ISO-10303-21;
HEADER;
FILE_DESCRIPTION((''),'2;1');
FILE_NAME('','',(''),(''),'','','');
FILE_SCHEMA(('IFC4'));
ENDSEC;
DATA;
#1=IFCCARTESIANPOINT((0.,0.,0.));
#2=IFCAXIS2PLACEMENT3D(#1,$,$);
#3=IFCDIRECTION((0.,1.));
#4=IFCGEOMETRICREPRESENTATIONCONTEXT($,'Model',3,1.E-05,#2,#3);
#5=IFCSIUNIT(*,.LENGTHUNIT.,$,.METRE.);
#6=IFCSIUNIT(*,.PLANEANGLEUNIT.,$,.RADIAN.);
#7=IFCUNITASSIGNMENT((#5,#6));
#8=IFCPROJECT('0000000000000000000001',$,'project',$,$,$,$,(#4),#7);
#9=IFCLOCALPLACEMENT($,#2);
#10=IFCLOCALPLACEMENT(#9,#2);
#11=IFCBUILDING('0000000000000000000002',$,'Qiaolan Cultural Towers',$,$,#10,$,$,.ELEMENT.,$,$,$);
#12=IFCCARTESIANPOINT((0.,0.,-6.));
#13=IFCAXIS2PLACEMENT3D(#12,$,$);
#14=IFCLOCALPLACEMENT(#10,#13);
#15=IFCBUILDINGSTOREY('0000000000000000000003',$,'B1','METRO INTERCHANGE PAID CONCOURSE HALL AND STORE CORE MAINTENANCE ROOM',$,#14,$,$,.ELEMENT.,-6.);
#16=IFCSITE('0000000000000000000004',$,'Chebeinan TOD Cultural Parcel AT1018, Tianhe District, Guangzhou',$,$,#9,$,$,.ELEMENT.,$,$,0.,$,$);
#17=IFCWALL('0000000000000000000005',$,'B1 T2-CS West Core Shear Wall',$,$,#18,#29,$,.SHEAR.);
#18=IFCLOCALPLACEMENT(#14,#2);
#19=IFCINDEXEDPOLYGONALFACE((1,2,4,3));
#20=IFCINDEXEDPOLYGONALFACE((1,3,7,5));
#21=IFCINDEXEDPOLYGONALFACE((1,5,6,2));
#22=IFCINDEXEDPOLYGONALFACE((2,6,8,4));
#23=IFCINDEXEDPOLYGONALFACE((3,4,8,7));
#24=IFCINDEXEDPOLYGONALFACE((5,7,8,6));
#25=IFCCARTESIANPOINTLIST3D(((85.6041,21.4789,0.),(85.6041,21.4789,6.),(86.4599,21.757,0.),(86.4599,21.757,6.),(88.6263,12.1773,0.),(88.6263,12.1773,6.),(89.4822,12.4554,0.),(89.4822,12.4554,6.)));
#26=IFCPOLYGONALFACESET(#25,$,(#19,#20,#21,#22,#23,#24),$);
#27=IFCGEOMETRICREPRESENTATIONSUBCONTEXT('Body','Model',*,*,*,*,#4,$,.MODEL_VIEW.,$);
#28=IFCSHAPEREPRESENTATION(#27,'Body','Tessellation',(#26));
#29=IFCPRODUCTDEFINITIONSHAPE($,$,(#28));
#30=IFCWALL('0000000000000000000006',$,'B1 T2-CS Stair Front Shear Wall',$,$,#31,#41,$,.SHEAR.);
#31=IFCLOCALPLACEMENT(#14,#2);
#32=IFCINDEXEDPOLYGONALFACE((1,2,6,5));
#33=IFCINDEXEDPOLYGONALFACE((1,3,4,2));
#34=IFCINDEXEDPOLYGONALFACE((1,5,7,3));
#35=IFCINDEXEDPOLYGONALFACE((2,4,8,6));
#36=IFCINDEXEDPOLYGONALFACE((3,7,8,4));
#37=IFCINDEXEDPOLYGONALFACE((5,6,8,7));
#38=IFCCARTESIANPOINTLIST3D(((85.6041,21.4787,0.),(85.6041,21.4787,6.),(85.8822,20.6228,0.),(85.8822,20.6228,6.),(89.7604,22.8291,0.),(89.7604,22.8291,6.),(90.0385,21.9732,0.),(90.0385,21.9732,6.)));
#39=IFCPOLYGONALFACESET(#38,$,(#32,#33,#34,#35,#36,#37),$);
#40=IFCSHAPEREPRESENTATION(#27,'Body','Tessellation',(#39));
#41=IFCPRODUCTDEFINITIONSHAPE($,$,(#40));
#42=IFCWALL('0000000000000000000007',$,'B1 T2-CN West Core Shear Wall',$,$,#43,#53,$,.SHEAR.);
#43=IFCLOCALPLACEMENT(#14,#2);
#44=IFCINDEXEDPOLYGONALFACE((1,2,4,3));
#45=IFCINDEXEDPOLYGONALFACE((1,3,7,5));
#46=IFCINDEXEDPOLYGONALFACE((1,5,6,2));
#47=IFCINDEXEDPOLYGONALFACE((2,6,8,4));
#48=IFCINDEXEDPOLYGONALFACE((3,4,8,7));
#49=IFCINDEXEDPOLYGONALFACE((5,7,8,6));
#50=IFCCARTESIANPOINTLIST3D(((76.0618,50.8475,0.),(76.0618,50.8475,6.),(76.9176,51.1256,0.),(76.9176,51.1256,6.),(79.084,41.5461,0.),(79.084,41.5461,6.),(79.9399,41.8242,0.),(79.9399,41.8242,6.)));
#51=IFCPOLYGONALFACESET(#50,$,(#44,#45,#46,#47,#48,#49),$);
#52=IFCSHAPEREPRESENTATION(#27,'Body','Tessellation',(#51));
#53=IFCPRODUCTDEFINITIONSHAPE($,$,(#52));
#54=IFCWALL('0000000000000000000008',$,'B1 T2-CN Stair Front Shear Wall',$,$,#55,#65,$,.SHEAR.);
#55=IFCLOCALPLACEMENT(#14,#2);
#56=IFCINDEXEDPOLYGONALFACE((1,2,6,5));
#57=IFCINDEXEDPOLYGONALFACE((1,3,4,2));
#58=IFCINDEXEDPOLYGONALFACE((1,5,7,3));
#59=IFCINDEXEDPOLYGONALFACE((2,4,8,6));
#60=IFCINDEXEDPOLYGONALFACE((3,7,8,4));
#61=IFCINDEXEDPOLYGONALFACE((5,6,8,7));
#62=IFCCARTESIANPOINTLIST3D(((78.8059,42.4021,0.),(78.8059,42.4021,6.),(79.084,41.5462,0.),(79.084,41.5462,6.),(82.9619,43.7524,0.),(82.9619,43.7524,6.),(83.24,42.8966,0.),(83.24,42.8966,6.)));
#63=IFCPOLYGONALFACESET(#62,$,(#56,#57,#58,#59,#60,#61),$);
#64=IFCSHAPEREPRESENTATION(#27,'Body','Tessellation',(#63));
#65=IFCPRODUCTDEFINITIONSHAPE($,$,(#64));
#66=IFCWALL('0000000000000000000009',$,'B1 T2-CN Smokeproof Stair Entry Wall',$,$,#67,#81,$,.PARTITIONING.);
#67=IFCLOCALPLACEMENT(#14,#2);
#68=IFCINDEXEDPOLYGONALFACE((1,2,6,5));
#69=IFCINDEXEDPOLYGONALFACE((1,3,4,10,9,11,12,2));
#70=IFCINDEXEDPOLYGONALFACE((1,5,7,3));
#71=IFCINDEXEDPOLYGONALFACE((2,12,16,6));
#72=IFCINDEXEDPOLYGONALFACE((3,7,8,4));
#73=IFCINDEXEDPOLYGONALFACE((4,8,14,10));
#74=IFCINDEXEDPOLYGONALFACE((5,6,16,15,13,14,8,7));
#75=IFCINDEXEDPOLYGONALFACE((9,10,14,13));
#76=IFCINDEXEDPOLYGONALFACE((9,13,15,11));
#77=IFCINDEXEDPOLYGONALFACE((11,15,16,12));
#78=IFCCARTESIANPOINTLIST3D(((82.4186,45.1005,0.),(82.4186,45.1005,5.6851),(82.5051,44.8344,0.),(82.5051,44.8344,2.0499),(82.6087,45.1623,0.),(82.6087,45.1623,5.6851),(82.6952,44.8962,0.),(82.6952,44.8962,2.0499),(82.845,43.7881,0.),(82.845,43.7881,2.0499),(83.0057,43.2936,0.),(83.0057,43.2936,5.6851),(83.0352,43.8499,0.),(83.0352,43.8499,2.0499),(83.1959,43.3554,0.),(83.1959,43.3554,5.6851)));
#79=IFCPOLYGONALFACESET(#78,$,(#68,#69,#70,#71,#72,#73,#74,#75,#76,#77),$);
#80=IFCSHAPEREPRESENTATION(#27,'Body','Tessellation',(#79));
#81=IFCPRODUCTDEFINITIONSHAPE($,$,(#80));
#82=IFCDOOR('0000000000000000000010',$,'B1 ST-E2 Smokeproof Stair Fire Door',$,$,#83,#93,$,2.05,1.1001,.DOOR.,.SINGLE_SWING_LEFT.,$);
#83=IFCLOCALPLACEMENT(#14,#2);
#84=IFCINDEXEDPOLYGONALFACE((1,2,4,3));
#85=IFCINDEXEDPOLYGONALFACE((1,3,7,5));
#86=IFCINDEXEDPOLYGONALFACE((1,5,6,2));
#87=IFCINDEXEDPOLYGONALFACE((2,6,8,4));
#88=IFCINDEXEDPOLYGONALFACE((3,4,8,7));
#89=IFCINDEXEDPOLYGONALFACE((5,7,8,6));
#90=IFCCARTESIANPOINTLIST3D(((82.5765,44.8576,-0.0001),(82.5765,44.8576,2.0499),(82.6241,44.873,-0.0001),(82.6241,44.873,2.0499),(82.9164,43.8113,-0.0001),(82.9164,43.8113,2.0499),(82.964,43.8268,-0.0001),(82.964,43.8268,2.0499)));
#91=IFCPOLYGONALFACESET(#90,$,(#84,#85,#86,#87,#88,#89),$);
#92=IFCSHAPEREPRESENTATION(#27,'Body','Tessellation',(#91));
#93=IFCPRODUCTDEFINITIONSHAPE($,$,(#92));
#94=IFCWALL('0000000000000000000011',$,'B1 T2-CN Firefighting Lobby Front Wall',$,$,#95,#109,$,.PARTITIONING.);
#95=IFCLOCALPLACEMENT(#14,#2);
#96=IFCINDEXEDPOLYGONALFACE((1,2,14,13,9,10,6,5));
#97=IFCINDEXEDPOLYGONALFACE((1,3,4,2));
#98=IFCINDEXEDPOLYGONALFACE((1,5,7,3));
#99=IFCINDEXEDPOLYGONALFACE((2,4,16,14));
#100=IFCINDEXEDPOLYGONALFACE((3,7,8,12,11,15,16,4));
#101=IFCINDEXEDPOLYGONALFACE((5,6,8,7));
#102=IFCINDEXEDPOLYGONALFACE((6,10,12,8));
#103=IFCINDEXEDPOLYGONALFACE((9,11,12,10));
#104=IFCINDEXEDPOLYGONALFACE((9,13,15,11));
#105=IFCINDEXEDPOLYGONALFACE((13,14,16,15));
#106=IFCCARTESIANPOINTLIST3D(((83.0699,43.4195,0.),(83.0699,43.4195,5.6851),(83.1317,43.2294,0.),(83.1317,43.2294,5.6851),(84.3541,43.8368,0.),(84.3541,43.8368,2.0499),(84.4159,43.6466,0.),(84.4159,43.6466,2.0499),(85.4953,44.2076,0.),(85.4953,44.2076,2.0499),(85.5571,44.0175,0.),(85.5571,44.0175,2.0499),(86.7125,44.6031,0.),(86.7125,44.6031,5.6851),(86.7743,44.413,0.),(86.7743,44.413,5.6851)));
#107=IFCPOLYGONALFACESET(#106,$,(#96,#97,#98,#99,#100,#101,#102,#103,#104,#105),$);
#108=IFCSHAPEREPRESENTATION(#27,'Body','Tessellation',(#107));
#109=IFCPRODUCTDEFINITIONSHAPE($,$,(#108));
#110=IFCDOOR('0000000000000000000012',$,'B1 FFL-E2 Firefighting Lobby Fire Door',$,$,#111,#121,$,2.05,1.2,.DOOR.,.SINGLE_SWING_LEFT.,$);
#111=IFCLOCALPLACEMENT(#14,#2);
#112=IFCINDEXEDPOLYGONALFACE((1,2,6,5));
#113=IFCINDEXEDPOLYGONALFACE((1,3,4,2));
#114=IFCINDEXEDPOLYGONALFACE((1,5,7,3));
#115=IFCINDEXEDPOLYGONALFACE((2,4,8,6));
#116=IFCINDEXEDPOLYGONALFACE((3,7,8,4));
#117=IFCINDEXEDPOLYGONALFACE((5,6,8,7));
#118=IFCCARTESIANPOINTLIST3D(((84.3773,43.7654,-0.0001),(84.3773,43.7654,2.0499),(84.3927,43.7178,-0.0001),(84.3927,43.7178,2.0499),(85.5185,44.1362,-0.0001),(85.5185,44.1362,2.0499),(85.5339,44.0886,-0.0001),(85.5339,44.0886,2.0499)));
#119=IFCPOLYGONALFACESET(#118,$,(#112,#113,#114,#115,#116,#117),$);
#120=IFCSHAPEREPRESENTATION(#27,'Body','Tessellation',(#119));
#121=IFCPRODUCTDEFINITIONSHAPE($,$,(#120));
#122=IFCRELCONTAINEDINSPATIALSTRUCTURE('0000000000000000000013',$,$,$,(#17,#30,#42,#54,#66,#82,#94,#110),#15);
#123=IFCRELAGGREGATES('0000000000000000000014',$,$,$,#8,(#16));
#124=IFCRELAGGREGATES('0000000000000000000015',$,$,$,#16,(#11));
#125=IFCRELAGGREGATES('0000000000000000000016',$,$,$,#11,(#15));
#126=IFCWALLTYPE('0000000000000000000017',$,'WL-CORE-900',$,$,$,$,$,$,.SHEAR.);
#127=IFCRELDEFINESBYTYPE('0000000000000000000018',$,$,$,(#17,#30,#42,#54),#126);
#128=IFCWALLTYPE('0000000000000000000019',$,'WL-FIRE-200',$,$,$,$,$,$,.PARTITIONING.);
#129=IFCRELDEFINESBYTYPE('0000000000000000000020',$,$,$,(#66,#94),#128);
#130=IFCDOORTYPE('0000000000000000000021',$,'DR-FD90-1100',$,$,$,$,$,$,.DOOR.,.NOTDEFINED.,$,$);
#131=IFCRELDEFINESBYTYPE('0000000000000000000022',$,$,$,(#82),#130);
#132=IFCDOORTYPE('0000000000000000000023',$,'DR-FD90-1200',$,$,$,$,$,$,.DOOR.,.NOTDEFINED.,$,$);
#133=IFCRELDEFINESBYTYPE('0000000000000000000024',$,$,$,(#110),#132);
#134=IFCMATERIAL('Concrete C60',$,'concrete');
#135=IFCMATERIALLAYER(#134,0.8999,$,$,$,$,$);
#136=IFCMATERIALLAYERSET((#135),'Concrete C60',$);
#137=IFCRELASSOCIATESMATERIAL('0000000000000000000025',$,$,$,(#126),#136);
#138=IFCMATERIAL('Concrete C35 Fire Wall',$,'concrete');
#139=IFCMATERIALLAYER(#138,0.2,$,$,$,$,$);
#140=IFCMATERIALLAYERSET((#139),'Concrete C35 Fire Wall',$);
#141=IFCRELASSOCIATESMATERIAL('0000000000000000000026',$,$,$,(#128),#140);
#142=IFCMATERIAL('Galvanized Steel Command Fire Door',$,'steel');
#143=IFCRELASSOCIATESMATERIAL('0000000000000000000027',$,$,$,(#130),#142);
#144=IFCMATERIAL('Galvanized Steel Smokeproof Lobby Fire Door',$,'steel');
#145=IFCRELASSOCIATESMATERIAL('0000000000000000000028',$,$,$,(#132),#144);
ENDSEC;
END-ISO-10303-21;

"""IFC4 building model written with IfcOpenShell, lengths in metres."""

from ifc_helpers import new_model, si_unit, direction, frame, frame_2d, origin, place, context, subcontext, project, spatial, rectangle, extrude, material, layer, layer_set, type_object, element, fill, save


model = new_model("IFC4")

# Units and contexts
model_context = context("Model", 3, precision=1e-05, world=origin(), true_north=direction((0.0, 1.0)))
body_context = subcontext(model_context, "Body", "Model", "MODEL_VIEW")
ifc_project = project(units=[si_unit("LENGTHUNIT", "METRE"), si_unit("PLANEANGLEUNIT", "RADIAN")], contexts=[model_context])

# Site, building, storey
site_placement = place(None, origin())
site = spatial("IfcSite", under=ifc_project, at=site_placement, Name="Chebeinan TOD Cultural Parcel AT1018, Tianhe District, Guangzhou", CompositionType="ELEMENT", RefElevation=0.0)
building_placement = place(site_placement, origin())
building = spatial("IfcBuilding", under=site, at=building_placement, Name="Qiaolan Cultural Towers", CompositionType="ELEMENT")
storey_placement = place(building_placement, frame((0.0, 0.0, -6.0)))
storey = spatial("IfcBuildingStorey", under=building, at=storey_placement, Name="B1", Description="METRO INTERCHANGE PAID CONCOURSE HALL AND STORE CORE MAINTENANCE ROOM", CompositionType="ELEMENT", Elevation=-6.0)

# Walls
ifc_material_1 = material(Name="Concrete C60", Category="concrete")
ifc_layer_1 = layer(ifc_material_1, 0.8999)
ifc_layer_set_1 = layer_set([ifc_layer_1], Name="Concrete C60")
wall_type_1 = type_object("IfcWallType", Name="WL-CORE-900", PredefinedType="SHEAR", material=ifc_layer_set_1)
wall_1_placement = place(storey_placement, frame((86.032, 21.6179, 0.0), z_axis=(0.0, 0.0, 1.0), x_axis=(0.309014, -0.951057, 0.0)))
element("IfcWall", 1, at=wall_1_placement, inside=storey, type_object=wall_type_1, Name="B1 T2-CS West Core Shear Wall", PredefinedType="SHEAR", context=body_context, shape_type="SweptSolid", body=[
    extrude(rectangle(XDim=9.7803, YDim=0.8999, at=frame_2d((4.8901, 0.0))), origin(), (0.0, 0.0, 1.0), 6.0),
])
wall_2_placement = place(storey_placement, frame((85.7432, 21.0508, 0.0), z_axis=(0.0, 0.0, 1.0), x_axis=(0.951064, 0.308995, 0.0)))
element("IfcWall", 2, at=wall_2_placement, inside=storey, type_object=wall_type_1, Name="B1 T2-CS Stair Front Shear Wall", PredefinedType="SHEAR", context=body_context, shape_type="SweptSolid", body=[
    extrude(rectangle(XDim=4.3701, YDim=0.8999, at=frame_2d((2.1851, 0.0))), origin(), (0.0, 0.0, 1.0), 6.0),
])
wall_3_placement = place(storey_placement, frame((79.512, 41.6851, 0.0), z_axis=(0.0, 0.0, 1.0), x_axis=(-0.309022, 0.951055, 0.0)))
element("IfcWall", 3, at=wall_3_placement, inside=storey, type_object=wall_type_1, Name="B1 T2-CN West Core Shear Wall", PredefinedType="SHEAR", context=body_context, shape_type="SweptSolid", body=[
    extrude(rectangle(XDim=9.78, YDim=0.8999, at=frame_2d((4.8901, 0.0))), origin(), (0.0, 0.0, 1.0), 6.0),
])
wall_4_placement = place(storey_placement, frame((78.9448, 41.9741, 0.0), z_axis=(0.0, 0.0, 1.0), x_axis=(0.951058, 0.309012, 0.0)))
element("IfcWall", 4, at=wall_4_placement, inside=storey, type_object=wall_type_1, Name="B1 T2-CN Stair Front Shear Wall", PredefinedType="SHEAR", context=body_context, shape_type="SweptSolid", body=[
    extrude(rectangle(XDim=4.3699, YDim=0.8999, at=frame_2d((2.1851, 0.0))), origin(), (0.0, 0.0, 1.0), 6.0),
])

# Walls, openings, doors
ifc_material_2 = material(Name="Concrete C35 Fire Wall", Category="concrete")
ifc_layer_2 = layer(ifc_material_2, 0.2)
ifc_layer_set_2 = layer_set([ifc_layer_2], Name="Concrete C35 Fire Wall")
wall_type_2 = type_object("IfcWallType", Name="WL-FIRE-200", PredefinedType="PARTITIONING", material=ifc_layer_set_2)
wall_5_placement = place(storey_placement, frame((83.1008, 43.3245, 0.0), z_axis=(0.0, 0.0, 1.0), x_axis=(-0.309048, 0.951046, 0.0)))
wall_5 = element("IfcWall", 5, at=wall_5_placement, inside=storey, type_object=wall_type_2, Name="B1 T2-CN Smokeproof Stair Entry Wall", PredefinedType="PARTITIONING", context=body_context, shape_type="SweptSolid", body=[
    extrude(rectangle(XDim=1.8999, YDim=0.2, at=frame_2d((0.95, 0.0))), origin(), (0.0, 0.0, 1.0), 5.6851),
])
opening_1_placement = place(wall_5_placement, frame((0.52, 0.0, 0.0)))
opening_1 = element("IfcOpeningElement", 6, at=opening_1_placement, cuts=wall_5, PredefinedType="OPENING", context=body_context, shape_type="SweptSolid", body=[
    extrude(rectangle(XDim=1.1001, YDim=2.05, at=frame_2d((0.55, 1.0249))), frame((0.0, 0.1099, 0.0), z_axis=(0.0, -1.0, 0.0), x_axis=(1.0, 0.0, 0.0)), (0.0, 0.0, 1.0), 0.22),
])
ifc_material_3 = material(Name="Galvanized Steel Command Fire Door", Category="steel")
door_type_1 = type_object("IfcDoorType", Name="DR-FD90-1100", OperationType="NOTDEFINED", PredefinedType="DOOR", material=ifc_material_3)
door_1_placement = place(opening_1_placement, origin())
door_1 = element("IfcDoor", 7, at=door_1_placement, inside=storey, type_object=door_type_1, Name="B1 ST-E2 Smokeproof Stair Fire Door", OperationType="SINGLE_SWING_LEFT", OverallHeight=2.05, OverallWidth=1.1001, PredefinedType="DOOR", context=body_context, shape_type="SweptSolid", body=[
    extrude(rectangle(XDim=1.1001, YDim=2.05, at=frame_2d((0.55, 1.0249))), frame((0.0, 0.0249, 0.0), z_axis=(0.0, -1.0, 0.0), x_axis=(1.0, 0.0, 0.0)), (0.0, 0.0, 1.0), 0.05),
])
fill(opening_1, door_1)
wall_6_placement = place(storey_placement, frame((83.1008, 43.3245, 0.0), z_axis=(0.0, 0.0, 1.0), x_axis=(0.951053, 0.309028, 0.0)))
wall_6 = element("IfcWall", 8, at=wall_6_placement, inside=storey, type_object=wall_type_2, Name="B1 T2-CN Firefighting Lobby Front Wall", PredefinedType="PARTITIONING", context=body_context, shape_type="SweptSolid", body=[
    extrude(rectangle(XDim=3.8301, YDim=0.2, at=frame_2d((1.915, 0.0))), origin(), (0.0, 0.0, 1.0), 5.6851),
])
opening_2_placement = place(wall_6_placement, frame((1.3501, 0.0, 0.0)))
opening_2 = element("IfcOpeningElement", 9, at=opening_2_placement, cuts=wall_6, PredefinedType="OPENING", context=body_context, shape_type="SweptSolid", body=[
    extrude(rectangle(XDim=1.2, YDim=2.05, at=frame_2d((0.6001, 1.0249))), frame((0.0, 0.1099, 0.0), z_axis=(0.0, -1.0, 0.0), x_axis=(1.0, 0.0, 0.0)), (0.0, 0.0, 1.0), 0.22),
])
ifc_material_4 = material(Name="Galvanized Steel Smokeproof Lobby Fire Door", Category="steel")
door_type_2 = type_object("IfcDoorType", Name="DR-FD90-1200", OperationType="NOTDEFINED", PredefinedType="DOOR", material=ifc_material_4)
door_2_placement = place(opening_2_placement, origin())
door_2 = element("IfcDoor", 10, at=door_2_placement, inside=storey, type_object=door_type_2, Name="B1 FFL-E2 Firefighting Lobby Fire Door", OperationType="SINGLE_SWING_LEFT", OverallHeight=2.05, OverallWidth=1.2, PredefinedType="DOOR", context=body_context, shape_type="SweptSolid", body=[
    extrude(rectangle(XDim=1.2, YDim=2.05, at=frame_2d((0.6001, 1.0249))), frame((0.0, 0.0249, 0.0), z_axis=(0.0, -1.0, 0.0), x_axis=(1.0, 0.0, 0.0)), (0.0, 0.0, 1.0), 0.05),
])
fill(opening_2, door_2)

save(model, "model.ifc")
